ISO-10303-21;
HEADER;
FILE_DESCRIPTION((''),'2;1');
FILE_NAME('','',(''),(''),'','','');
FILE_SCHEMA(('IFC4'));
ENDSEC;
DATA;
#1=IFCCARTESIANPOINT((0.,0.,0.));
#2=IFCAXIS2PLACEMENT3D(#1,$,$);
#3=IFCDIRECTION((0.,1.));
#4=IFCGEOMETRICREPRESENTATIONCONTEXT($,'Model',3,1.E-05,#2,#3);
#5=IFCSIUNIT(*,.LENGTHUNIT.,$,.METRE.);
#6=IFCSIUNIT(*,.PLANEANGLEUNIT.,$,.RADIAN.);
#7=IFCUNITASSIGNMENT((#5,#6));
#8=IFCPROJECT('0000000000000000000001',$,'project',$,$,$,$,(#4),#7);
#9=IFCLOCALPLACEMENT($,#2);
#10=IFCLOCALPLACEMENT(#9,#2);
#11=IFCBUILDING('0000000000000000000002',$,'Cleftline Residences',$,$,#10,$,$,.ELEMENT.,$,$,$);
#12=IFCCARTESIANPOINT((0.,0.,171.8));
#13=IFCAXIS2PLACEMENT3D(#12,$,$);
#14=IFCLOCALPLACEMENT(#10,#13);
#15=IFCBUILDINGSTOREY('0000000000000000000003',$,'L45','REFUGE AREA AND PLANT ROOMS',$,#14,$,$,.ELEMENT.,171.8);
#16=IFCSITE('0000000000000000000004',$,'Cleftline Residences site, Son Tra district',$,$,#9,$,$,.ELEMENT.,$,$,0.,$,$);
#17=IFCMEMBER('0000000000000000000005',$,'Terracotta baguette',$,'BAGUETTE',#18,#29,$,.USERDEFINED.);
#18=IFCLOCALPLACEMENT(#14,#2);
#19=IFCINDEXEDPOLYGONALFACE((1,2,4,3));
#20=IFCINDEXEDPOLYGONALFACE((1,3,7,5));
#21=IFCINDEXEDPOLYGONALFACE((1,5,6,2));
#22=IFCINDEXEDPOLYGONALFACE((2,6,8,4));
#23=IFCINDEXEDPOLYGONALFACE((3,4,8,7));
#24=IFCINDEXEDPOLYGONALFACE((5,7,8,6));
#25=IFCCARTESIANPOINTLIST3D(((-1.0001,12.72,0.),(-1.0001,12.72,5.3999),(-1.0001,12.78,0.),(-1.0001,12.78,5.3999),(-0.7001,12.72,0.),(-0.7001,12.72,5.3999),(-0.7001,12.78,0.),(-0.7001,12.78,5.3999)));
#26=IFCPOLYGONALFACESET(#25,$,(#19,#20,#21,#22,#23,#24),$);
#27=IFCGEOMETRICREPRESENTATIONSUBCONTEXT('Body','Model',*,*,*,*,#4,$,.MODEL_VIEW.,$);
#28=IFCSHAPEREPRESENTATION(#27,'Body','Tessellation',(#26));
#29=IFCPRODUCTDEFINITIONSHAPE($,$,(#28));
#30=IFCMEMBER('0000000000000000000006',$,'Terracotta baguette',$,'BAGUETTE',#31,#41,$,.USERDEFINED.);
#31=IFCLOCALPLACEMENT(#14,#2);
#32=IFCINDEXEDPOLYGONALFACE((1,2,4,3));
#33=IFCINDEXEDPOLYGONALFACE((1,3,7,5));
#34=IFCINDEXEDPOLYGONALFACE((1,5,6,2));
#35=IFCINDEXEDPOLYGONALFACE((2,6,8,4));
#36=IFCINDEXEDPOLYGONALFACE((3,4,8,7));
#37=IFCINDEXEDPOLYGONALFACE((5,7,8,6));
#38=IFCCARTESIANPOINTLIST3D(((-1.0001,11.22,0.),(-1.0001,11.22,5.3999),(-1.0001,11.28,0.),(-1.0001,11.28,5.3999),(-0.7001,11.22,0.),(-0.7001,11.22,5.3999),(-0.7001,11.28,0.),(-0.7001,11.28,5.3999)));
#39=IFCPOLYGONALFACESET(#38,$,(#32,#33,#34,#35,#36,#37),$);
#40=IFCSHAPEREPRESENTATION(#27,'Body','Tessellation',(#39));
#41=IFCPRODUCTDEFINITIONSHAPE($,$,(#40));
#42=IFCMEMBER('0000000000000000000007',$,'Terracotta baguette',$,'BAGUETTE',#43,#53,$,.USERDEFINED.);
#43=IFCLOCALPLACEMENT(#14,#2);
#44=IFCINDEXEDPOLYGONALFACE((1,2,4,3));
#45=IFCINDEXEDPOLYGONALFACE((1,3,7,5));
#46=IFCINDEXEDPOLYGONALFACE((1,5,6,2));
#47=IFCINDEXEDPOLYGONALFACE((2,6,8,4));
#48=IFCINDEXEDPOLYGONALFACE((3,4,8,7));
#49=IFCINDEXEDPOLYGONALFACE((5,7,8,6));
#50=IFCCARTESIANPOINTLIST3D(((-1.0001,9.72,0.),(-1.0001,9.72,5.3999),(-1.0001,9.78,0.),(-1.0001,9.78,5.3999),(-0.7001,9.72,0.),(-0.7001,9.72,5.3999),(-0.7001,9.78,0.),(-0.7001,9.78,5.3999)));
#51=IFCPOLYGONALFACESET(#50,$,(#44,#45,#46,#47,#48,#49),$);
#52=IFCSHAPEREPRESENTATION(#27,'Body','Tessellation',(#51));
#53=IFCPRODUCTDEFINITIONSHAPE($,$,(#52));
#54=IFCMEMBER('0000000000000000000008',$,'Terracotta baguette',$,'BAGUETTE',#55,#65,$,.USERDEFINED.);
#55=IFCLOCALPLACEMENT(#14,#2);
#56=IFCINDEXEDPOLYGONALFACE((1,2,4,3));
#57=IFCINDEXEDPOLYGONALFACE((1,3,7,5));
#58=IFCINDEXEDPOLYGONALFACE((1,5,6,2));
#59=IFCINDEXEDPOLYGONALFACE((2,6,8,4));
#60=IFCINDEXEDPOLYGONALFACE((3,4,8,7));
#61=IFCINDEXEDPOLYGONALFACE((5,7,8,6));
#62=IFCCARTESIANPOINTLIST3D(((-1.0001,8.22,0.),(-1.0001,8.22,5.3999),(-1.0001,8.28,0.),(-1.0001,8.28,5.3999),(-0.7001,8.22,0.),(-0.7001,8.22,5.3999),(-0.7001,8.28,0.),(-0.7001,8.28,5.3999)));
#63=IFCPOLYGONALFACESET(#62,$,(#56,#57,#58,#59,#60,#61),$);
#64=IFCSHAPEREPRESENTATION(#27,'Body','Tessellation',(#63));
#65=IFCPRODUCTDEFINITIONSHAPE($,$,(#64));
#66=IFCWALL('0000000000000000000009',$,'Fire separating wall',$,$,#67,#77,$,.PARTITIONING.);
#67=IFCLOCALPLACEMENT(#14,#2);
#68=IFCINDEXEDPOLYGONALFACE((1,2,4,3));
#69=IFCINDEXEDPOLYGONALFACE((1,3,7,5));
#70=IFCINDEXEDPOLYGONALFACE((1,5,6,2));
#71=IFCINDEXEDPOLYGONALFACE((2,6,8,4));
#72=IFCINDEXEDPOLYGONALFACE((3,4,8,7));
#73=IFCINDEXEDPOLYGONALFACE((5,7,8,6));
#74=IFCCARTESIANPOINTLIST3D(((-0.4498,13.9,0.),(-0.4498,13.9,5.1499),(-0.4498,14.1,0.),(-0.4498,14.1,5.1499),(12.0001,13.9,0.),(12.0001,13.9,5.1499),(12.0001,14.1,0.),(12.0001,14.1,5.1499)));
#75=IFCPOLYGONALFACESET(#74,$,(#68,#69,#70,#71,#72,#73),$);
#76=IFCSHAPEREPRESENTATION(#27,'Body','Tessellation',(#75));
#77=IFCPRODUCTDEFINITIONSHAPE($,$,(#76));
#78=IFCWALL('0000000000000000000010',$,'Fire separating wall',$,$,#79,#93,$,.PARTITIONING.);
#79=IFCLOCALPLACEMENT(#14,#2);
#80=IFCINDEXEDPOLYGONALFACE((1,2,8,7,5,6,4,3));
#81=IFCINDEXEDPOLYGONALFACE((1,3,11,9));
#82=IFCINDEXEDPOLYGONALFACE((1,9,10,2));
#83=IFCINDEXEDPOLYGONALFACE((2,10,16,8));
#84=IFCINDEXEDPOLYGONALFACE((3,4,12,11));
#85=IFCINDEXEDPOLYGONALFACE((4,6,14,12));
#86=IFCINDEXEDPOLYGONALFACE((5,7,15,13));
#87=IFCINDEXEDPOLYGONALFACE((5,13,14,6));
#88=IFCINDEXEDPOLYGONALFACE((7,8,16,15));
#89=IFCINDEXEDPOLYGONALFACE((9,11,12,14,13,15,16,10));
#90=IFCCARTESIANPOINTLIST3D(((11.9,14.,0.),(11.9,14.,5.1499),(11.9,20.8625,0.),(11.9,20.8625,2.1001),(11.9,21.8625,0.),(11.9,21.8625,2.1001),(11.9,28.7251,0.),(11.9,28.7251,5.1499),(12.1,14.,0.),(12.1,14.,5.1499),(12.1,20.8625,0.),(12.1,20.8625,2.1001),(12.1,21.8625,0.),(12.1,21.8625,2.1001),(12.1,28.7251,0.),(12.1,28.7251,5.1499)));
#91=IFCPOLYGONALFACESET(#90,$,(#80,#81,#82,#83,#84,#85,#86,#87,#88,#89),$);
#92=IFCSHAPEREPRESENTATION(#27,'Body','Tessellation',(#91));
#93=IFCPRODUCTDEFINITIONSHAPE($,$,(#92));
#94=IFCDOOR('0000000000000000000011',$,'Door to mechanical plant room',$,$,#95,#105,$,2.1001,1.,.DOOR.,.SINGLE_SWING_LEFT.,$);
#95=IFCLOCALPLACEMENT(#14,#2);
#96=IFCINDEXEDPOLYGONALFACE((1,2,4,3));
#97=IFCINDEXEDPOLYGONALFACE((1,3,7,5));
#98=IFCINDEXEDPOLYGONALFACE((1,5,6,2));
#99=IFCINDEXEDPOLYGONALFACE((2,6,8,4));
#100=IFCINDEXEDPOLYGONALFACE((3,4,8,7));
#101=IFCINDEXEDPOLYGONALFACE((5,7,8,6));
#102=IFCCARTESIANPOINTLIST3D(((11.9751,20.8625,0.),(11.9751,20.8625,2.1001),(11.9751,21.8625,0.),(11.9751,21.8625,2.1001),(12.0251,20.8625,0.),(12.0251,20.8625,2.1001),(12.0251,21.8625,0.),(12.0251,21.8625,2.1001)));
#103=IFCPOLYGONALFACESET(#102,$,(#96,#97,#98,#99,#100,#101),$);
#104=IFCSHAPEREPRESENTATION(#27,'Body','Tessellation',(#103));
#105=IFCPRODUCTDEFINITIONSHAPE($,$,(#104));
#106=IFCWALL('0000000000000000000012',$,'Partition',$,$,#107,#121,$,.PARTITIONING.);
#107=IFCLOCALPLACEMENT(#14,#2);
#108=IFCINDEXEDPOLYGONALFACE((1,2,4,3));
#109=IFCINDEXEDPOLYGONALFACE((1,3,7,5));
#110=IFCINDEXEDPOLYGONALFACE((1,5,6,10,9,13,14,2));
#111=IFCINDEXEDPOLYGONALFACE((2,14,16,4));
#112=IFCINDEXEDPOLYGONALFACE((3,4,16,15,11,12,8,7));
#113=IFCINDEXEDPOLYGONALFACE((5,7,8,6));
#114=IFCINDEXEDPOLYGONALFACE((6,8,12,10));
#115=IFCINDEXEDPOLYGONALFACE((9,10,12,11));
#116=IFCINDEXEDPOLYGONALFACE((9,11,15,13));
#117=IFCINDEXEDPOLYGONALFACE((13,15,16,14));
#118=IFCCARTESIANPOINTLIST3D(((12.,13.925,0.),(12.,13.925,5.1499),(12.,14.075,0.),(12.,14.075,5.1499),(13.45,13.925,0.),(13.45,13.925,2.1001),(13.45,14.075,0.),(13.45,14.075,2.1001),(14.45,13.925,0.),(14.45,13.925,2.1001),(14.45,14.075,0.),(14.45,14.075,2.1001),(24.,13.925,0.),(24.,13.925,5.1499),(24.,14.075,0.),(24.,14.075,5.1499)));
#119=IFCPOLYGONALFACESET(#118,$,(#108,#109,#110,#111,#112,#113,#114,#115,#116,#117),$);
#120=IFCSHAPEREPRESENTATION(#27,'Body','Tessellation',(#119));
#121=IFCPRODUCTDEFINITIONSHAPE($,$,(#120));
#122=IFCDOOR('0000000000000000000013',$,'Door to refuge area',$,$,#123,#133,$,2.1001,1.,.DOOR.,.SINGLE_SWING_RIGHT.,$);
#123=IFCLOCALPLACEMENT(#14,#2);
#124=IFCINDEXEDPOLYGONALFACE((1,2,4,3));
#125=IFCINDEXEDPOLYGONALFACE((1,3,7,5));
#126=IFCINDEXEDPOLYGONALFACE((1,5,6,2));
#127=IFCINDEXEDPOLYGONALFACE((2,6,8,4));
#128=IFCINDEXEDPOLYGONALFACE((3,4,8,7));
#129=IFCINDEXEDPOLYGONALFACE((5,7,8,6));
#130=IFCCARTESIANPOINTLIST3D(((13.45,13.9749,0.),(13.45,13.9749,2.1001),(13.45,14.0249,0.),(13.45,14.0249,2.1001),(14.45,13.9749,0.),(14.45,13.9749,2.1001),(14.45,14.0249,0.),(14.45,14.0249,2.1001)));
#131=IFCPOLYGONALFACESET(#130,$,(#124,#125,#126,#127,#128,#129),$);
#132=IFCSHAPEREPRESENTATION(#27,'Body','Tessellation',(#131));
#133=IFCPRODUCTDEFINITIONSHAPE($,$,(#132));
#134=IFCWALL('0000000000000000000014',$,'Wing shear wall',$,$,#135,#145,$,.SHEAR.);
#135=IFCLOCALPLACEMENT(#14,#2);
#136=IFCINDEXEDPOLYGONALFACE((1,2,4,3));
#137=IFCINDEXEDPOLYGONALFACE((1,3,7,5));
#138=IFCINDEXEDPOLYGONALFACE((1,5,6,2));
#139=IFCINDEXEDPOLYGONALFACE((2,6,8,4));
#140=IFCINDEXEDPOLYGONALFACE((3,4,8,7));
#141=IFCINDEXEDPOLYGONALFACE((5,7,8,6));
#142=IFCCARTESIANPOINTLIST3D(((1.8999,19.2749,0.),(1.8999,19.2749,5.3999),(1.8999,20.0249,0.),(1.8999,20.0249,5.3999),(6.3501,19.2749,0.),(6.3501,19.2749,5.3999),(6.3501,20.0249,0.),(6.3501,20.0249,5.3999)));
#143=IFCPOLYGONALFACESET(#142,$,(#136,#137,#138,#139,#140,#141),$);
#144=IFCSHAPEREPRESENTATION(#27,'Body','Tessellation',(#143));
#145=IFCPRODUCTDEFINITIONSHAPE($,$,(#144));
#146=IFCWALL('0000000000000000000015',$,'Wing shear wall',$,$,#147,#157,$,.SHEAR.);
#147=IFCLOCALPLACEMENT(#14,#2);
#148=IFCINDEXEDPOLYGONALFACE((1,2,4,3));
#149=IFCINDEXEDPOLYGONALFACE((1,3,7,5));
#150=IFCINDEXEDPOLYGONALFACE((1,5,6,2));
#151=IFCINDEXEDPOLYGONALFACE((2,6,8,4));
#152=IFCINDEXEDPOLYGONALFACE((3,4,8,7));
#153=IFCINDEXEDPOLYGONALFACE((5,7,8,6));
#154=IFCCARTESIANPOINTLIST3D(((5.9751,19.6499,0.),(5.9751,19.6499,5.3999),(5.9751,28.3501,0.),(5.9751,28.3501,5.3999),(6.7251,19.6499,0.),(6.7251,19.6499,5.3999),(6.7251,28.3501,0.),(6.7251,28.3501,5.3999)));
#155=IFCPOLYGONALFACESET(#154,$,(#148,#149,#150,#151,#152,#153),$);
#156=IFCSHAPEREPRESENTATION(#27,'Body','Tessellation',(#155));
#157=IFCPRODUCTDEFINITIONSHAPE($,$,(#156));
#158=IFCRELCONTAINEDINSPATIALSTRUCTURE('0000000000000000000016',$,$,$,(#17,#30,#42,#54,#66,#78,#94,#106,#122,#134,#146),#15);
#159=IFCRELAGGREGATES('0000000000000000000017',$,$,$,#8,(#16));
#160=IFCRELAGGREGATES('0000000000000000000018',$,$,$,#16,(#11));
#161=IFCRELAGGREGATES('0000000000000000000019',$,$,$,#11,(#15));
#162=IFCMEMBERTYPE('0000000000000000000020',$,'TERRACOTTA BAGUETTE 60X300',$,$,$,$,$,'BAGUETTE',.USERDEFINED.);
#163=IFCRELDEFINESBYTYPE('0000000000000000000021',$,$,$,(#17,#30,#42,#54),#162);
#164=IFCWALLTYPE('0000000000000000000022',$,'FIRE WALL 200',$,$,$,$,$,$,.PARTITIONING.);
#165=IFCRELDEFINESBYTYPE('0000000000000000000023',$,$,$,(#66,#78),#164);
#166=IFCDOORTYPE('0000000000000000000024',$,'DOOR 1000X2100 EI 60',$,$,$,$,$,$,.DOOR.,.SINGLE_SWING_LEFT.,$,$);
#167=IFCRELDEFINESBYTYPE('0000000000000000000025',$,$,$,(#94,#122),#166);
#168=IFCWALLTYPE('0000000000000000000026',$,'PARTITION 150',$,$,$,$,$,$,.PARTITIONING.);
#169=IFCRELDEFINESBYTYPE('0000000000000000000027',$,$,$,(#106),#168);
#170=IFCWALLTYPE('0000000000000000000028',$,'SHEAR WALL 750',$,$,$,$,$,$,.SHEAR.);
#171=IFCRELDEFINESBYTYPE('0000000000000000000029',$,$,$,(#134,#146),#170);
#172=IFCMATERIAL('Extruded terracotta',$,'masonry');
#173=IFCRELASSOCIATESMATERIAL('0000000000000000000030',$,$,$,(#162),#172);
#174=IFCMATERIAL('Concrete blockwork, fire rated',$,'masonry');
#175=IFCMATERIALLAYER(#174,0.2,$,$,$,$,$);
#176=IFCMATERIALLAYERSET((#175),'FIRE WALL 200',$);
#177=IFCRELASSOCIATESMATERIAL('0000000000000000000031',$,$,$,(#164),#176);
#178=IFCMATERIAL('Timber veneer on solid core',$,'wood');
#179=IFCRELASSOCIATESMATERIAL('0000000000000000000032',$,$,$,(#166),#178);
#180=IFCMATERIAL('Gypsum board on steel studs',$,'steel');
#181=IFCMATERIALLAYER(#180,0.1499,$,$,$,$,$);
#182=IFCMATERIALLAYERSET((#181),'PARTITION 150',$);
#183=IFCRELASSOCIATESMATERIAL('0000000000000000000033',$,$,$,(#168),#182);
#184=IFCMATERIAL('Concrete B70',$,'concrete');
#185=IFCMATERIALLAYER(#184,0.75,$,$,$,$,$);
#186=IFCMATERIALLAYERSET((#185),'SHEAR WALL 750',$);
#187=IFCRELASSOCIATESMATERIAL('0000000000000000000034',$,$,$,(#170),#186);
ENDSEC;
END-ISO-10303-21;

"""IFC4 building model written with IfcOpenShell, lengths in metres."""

from ifc_helpers import new_model, si_unit, direction, frame, frame_2d, origin, origin_2d, place, context, subcontext, project, spatial, rectangle, extrude, material, layer, layer_set, material_profile, profile_set, type_object, element, fill, save


model = new_model("IFC4")

# Units and contexts
model_context = context("Model", 3, precision=1e-05, world=origin(), true_north=direction((0.0, 1.0)))
body_context = subcontext(model_context, "Body", "Model", "MODEL_VIEW")
ifc_project = project(units=[si_unit("LENGTHUNIT", "METRE"), si_unit("PLANEANGLEUNIT", "RADIAN")], contexts=[model_context])

# Site, building, storey
site_placement = place(None, origin())
site = spatial("IfcSite", under=ifc_project, at=site_placement, Name="Cleftline Residences site, Son Tra district", CompositionType="ELEMENT", RefElevation=0.0)
building_placement = place(site_placement, origin())
building = spatial("IfcBuilding", under=site, at=building_placement, Name="Cleftline Residences", CompositionType="ELEMENT")
storey_placement = place(building_placement, frame((0.0, 0.0, 171.8)))
storey = spatial("IfcBuildingStorey", under=building, at=storey_placement, Name="L45", Description="REFUGE AREA AND PLANT ROOMS", CompositionType="ELEMENT", Elevation=171.8)

# Members
ifc_material_1 = material(Name="Extruded terracotta", Category="masonry")
ifc_material_profile_1 = material_profile(ifc_material_1, rectangle(XDim=0.0601, YDim=0.3, at=origin_2d()))
ifc_profile_set_1 = profile_set([ifc_material_profile_1], Name="Extruded terracotta")
member_type_1 = type_object("IfcMemberType", Name="TERRACOTTA BAGUETTE 60X300", ElementType="BAGUETTE", PredefinedType="USERDEFINED", material=ifc_profile_set_1)
for number, where, z_axis, x_axis, name in (
    (1, (-0.8501, 12.75, 0.0), (0.0, 0.0, 1.0), (0.0, 1.0, 0.0), "Terracotta baguette"),
    (2, (-0.8501, 11.25, 0.0), (0.0, 0.0, 1.0), (0.0, 1.0, 0.0), "Terracotta baguette"),
    (3, (-0.8501, 9.75, 0.0), (0.0, 0.0, 1.0), (0.0, 1.0, 0.0), "Terracotta baguette"),
    (4, (-0.8501, 8.25, 0.0), (0.0, 0.0, 1.0), (0.0, 1.0, 0.0), "Terracotta baguette"),
):
    element("IfcMember", number, at=place(storey_placement, frame(where, z_axis=z_axis, x_axis=x_axis)), inside=storey, type_object=member_type_1, Name=name, ObjectType="BAGUETTE", PredefinedType="USERDEFINED", context=body_context, shape_type="SweptSolid", body=[
        extrude(rectangle(XDim=0.0601, YDim=0.3, at=origin_2d()), origin(), (0.0, 0.0, 1.0), 5.3999),
    ])

# Wall
ifc_material_2 = material(Name="Concrete blockwork, fire rated", Category="masonry")
ifc_layer_1 = layer(ifc_material_2, 0.2)
ifc_layer_set_1 = layer_set([ifc_layer_1], Name="FIRE WALL 200")
wall_type_1 = type_object("IfcWallType", Name="FIRE WALL 200", PredefinedType="PARTITIONING", material=ifc_layer_set_1)
wall_1_placement = place(storey_placement, frame((-0.45, 14.0, 0.0), z_axis=(0.0, 0.0, 1.0), x_axis=(1.0, 0.0, 0.0)))
element("IfcWall", 5, at=wall_1_placement, inside=storey, type_object=wall_type_1, Name="Fire separating wall", PredefinedType="PARTITIONING", context=body_context, shape_type="SweptSolid", body=[
    extrude(rectangle(XDim=12.45, YDim=0.2, at=frame_2d((6.2251, 0.0))), origin(), (0.0, 0.0, 1.0), 5.1499),
])

# Walls, openings, doors
wall_2_placement = place(storey_placement, frame((12.0, 14.0, 0.0), z_axis=(0.0, 0.0, 1.0), x_axis=(0.0, 1.0, 0.0)))
wall_2 = element("IfcWall", 6, at=wall_2_placement, inside=storey, type_object=wall_type_1, Name="Fire separating wall", PredefinedType="PARTITIONING", context=body_context, shape_type="SweptSolid", body=[
    extrude(rectangle(XDim=14.7251, YDim=0.2, at=frame_2d((7.3625, 0.0))), origin(), (0.0, 0.0, 1.0), 5.1499),
])
opening_1_placement = place(wall_2_placement, frame((6.8625, 0.0, 0.0)))
opening_1 = element("IfcOpeningElement", 7, at=opening_1_placement, cuts=wall_2, PredefinedType="OPENING", context=body_context, shape_type="SweptSolid", body=[
    extrude(rectangle(XDim=1.0, YDim=2.1001, at=frame_2d((0.5, 1.05))), frame((0.0, 0.1099, 0.0), z_axis=(0.0, -1.0, 0.0), x_axis=(1.0, 0.0, 0.0)), (0.0, 0.0, 1.0), 0.22),
])
ifc_material_3 = material(Name="Timber veneer on solid core", Category="wood")
door_type = type_object("IfcDoorType", Name="DOOR 1000X2100 EI 60", OperationType="SINGLE_SWING_LEFT", PredefinedType="DOOR", material=ifc_material_3)
door_1_placement = place(opening_1_placement, origin())
door_1 = element("IfcDoor", 8, at=door_1_placement, inside=storey, type_object=door_type, Name="Door to mechanical plant room", OperationType="SINGLE_SWING_LEFT", OverallHeight=2.1001, OverallWidth=1.0, PredefinedType="DOOR", context=body_context, shape_type="SweptSolid", body=[
    extrude(rectangle(XDim=1.0, YDim=2.1001, at=frame_2d((0.5, 1.05))), frame((0.0, 0.0249, 0.0), z_axis=(0.0, -1.0, 0.0), x_axis=(1.0, 0.0, 0.0)), (0.0, 0.0, 1.0), 0.05),
])
fill(opening_1, door_1)
ifc_material_4 = material(Name="Gypsum board on steel studs", Category="steel")
ifc_layer_2 = layer(ifc_material_4, 0.1499)
ifc_layer_set_2 = layer_set([ifc_layer_2], Name="PARTITION 150")
wall_type_2 = type_object("IfcWallType", Name="PARTITION 150", PredefinedType="PARTITIONING", material=ifc_layer_set_2)
wall_3_placement = place(storey_placement, frame((12.0, 14.0, 0.0), z_axis=(0.0, 0.0, 1.0), x_axis=(1.0, 0.0, 0.0)))
wall_3 = element("IfcWall", 9, at=wall_3_placement, inside=storey, type_object=wall_type_2, Name="Partition", PredefinedType="PARTITIONING", context=body_context, shape_type="SweptSolid", body=[
    extrude(rectangle(XDim=12.0, YDim=0.1499, at=frame_2d((6.0, 0.0))), origin(), (0.0, 0.0, 1.0), 5.1499),
])
opening_2_placement = place(wall_3_placement, frame((1.45, 0.0, 0.0)))
opening_2 = element("IfcOpeningElement", 10, at=opening_2_placement, cuts=wall_3, PredefinedType="OPENING", context=body_context, shape_type="SweptSolid", body=[
    extrude(rectangle(XDim=1.0, YDim=2.1001, at=frame_2d((0.5, 1.05))), frame((0.0, 0.085, 0.0), z_axis=(0.0, -1.0, 0.0), x_axis=(1.0, 0.0, 0.0)), (0.0, 0.0, 1.0), 0.1699),
])
door_2_placement = place(opening_2_placement, origin())
door_2 = element("IfcDoor", 11, at=door_2_placement, inside=storey, type_object=door_type, Name="Door to refuge area", OperationType="SINGLE_SWING_RIGHT", OverallHeight=2.1001, OverallWidth=1.0, PredefinedType="DOOR", context=body_context, shape_type="SweptSolid", body=[
    extrude(rectangle(XDim=1.0, YDim=2.1001, at=frame_2d((0.5, 1.05))), frame((0.0, 0.0249, 0.0), z_axis=(0.0, -1.0, 0.0), x_axis=(1.0, 0.0, 0.0)), (0.0, 0.0, 1.0), 0.05),
])
fill(opening_2, door_2)

# Walls
ifc_material_5 = material(Name="Concrete B70", Category="concrete")
ifc_layer_3 = layer(ifc_material_5, 0.75)
ifc_layer_set_3 = layer_set([ifc_layer_3], Name="SHEAR WALL 750")
wall_type_3 = type_object("IfcWallType", Name="SHEAR WALL 750", PredefinedType="SHEAR", material=ifc_layer_set_3)
wall_4_placement = place(storey_placement, frame((1.8999, 19.6499, 0.0), z_axis=(0.0, 0.0, 1.0), x_axis=(1.0, 0.0, 0.0)))
element("IfcWall", 12, at=wall_4_placement, inside=storey, type_object=wall_type_3, Name="Wing shear wall", PredefinedType="SHEAR", context=body_context, shape_type="SweptSolid", body=[
    extrude(rectangle(XDim=4.4502, YDim=0.75, at=frame_2d((2.2251, 0.0))), origin(), (0.0, 0.0, 1.0), 5.3999),
])
wall_5_placement = place(storey_placement, frame((6.3501, 19.6499, 0.0), z_axis=(0.0, 0.0, 1.0), x_axis=(0.0, 1.0, 0.0)))
element("IfcWall", 13, at=wall_5_placement, inside=storey, type_object=wall_type_3, Name="Wing shear wall", PredefinedType="SHEAR", context=body_context, shape_type="SweptSolid", body=[
    extrude(rectangle(XDim=8.7002, YDim=0.75, at=frame_2d((4.3501, 0.0))), origin(), (0.0, 0.0, 1.0), 5.3999),
])

save(model, "model.ifc")
